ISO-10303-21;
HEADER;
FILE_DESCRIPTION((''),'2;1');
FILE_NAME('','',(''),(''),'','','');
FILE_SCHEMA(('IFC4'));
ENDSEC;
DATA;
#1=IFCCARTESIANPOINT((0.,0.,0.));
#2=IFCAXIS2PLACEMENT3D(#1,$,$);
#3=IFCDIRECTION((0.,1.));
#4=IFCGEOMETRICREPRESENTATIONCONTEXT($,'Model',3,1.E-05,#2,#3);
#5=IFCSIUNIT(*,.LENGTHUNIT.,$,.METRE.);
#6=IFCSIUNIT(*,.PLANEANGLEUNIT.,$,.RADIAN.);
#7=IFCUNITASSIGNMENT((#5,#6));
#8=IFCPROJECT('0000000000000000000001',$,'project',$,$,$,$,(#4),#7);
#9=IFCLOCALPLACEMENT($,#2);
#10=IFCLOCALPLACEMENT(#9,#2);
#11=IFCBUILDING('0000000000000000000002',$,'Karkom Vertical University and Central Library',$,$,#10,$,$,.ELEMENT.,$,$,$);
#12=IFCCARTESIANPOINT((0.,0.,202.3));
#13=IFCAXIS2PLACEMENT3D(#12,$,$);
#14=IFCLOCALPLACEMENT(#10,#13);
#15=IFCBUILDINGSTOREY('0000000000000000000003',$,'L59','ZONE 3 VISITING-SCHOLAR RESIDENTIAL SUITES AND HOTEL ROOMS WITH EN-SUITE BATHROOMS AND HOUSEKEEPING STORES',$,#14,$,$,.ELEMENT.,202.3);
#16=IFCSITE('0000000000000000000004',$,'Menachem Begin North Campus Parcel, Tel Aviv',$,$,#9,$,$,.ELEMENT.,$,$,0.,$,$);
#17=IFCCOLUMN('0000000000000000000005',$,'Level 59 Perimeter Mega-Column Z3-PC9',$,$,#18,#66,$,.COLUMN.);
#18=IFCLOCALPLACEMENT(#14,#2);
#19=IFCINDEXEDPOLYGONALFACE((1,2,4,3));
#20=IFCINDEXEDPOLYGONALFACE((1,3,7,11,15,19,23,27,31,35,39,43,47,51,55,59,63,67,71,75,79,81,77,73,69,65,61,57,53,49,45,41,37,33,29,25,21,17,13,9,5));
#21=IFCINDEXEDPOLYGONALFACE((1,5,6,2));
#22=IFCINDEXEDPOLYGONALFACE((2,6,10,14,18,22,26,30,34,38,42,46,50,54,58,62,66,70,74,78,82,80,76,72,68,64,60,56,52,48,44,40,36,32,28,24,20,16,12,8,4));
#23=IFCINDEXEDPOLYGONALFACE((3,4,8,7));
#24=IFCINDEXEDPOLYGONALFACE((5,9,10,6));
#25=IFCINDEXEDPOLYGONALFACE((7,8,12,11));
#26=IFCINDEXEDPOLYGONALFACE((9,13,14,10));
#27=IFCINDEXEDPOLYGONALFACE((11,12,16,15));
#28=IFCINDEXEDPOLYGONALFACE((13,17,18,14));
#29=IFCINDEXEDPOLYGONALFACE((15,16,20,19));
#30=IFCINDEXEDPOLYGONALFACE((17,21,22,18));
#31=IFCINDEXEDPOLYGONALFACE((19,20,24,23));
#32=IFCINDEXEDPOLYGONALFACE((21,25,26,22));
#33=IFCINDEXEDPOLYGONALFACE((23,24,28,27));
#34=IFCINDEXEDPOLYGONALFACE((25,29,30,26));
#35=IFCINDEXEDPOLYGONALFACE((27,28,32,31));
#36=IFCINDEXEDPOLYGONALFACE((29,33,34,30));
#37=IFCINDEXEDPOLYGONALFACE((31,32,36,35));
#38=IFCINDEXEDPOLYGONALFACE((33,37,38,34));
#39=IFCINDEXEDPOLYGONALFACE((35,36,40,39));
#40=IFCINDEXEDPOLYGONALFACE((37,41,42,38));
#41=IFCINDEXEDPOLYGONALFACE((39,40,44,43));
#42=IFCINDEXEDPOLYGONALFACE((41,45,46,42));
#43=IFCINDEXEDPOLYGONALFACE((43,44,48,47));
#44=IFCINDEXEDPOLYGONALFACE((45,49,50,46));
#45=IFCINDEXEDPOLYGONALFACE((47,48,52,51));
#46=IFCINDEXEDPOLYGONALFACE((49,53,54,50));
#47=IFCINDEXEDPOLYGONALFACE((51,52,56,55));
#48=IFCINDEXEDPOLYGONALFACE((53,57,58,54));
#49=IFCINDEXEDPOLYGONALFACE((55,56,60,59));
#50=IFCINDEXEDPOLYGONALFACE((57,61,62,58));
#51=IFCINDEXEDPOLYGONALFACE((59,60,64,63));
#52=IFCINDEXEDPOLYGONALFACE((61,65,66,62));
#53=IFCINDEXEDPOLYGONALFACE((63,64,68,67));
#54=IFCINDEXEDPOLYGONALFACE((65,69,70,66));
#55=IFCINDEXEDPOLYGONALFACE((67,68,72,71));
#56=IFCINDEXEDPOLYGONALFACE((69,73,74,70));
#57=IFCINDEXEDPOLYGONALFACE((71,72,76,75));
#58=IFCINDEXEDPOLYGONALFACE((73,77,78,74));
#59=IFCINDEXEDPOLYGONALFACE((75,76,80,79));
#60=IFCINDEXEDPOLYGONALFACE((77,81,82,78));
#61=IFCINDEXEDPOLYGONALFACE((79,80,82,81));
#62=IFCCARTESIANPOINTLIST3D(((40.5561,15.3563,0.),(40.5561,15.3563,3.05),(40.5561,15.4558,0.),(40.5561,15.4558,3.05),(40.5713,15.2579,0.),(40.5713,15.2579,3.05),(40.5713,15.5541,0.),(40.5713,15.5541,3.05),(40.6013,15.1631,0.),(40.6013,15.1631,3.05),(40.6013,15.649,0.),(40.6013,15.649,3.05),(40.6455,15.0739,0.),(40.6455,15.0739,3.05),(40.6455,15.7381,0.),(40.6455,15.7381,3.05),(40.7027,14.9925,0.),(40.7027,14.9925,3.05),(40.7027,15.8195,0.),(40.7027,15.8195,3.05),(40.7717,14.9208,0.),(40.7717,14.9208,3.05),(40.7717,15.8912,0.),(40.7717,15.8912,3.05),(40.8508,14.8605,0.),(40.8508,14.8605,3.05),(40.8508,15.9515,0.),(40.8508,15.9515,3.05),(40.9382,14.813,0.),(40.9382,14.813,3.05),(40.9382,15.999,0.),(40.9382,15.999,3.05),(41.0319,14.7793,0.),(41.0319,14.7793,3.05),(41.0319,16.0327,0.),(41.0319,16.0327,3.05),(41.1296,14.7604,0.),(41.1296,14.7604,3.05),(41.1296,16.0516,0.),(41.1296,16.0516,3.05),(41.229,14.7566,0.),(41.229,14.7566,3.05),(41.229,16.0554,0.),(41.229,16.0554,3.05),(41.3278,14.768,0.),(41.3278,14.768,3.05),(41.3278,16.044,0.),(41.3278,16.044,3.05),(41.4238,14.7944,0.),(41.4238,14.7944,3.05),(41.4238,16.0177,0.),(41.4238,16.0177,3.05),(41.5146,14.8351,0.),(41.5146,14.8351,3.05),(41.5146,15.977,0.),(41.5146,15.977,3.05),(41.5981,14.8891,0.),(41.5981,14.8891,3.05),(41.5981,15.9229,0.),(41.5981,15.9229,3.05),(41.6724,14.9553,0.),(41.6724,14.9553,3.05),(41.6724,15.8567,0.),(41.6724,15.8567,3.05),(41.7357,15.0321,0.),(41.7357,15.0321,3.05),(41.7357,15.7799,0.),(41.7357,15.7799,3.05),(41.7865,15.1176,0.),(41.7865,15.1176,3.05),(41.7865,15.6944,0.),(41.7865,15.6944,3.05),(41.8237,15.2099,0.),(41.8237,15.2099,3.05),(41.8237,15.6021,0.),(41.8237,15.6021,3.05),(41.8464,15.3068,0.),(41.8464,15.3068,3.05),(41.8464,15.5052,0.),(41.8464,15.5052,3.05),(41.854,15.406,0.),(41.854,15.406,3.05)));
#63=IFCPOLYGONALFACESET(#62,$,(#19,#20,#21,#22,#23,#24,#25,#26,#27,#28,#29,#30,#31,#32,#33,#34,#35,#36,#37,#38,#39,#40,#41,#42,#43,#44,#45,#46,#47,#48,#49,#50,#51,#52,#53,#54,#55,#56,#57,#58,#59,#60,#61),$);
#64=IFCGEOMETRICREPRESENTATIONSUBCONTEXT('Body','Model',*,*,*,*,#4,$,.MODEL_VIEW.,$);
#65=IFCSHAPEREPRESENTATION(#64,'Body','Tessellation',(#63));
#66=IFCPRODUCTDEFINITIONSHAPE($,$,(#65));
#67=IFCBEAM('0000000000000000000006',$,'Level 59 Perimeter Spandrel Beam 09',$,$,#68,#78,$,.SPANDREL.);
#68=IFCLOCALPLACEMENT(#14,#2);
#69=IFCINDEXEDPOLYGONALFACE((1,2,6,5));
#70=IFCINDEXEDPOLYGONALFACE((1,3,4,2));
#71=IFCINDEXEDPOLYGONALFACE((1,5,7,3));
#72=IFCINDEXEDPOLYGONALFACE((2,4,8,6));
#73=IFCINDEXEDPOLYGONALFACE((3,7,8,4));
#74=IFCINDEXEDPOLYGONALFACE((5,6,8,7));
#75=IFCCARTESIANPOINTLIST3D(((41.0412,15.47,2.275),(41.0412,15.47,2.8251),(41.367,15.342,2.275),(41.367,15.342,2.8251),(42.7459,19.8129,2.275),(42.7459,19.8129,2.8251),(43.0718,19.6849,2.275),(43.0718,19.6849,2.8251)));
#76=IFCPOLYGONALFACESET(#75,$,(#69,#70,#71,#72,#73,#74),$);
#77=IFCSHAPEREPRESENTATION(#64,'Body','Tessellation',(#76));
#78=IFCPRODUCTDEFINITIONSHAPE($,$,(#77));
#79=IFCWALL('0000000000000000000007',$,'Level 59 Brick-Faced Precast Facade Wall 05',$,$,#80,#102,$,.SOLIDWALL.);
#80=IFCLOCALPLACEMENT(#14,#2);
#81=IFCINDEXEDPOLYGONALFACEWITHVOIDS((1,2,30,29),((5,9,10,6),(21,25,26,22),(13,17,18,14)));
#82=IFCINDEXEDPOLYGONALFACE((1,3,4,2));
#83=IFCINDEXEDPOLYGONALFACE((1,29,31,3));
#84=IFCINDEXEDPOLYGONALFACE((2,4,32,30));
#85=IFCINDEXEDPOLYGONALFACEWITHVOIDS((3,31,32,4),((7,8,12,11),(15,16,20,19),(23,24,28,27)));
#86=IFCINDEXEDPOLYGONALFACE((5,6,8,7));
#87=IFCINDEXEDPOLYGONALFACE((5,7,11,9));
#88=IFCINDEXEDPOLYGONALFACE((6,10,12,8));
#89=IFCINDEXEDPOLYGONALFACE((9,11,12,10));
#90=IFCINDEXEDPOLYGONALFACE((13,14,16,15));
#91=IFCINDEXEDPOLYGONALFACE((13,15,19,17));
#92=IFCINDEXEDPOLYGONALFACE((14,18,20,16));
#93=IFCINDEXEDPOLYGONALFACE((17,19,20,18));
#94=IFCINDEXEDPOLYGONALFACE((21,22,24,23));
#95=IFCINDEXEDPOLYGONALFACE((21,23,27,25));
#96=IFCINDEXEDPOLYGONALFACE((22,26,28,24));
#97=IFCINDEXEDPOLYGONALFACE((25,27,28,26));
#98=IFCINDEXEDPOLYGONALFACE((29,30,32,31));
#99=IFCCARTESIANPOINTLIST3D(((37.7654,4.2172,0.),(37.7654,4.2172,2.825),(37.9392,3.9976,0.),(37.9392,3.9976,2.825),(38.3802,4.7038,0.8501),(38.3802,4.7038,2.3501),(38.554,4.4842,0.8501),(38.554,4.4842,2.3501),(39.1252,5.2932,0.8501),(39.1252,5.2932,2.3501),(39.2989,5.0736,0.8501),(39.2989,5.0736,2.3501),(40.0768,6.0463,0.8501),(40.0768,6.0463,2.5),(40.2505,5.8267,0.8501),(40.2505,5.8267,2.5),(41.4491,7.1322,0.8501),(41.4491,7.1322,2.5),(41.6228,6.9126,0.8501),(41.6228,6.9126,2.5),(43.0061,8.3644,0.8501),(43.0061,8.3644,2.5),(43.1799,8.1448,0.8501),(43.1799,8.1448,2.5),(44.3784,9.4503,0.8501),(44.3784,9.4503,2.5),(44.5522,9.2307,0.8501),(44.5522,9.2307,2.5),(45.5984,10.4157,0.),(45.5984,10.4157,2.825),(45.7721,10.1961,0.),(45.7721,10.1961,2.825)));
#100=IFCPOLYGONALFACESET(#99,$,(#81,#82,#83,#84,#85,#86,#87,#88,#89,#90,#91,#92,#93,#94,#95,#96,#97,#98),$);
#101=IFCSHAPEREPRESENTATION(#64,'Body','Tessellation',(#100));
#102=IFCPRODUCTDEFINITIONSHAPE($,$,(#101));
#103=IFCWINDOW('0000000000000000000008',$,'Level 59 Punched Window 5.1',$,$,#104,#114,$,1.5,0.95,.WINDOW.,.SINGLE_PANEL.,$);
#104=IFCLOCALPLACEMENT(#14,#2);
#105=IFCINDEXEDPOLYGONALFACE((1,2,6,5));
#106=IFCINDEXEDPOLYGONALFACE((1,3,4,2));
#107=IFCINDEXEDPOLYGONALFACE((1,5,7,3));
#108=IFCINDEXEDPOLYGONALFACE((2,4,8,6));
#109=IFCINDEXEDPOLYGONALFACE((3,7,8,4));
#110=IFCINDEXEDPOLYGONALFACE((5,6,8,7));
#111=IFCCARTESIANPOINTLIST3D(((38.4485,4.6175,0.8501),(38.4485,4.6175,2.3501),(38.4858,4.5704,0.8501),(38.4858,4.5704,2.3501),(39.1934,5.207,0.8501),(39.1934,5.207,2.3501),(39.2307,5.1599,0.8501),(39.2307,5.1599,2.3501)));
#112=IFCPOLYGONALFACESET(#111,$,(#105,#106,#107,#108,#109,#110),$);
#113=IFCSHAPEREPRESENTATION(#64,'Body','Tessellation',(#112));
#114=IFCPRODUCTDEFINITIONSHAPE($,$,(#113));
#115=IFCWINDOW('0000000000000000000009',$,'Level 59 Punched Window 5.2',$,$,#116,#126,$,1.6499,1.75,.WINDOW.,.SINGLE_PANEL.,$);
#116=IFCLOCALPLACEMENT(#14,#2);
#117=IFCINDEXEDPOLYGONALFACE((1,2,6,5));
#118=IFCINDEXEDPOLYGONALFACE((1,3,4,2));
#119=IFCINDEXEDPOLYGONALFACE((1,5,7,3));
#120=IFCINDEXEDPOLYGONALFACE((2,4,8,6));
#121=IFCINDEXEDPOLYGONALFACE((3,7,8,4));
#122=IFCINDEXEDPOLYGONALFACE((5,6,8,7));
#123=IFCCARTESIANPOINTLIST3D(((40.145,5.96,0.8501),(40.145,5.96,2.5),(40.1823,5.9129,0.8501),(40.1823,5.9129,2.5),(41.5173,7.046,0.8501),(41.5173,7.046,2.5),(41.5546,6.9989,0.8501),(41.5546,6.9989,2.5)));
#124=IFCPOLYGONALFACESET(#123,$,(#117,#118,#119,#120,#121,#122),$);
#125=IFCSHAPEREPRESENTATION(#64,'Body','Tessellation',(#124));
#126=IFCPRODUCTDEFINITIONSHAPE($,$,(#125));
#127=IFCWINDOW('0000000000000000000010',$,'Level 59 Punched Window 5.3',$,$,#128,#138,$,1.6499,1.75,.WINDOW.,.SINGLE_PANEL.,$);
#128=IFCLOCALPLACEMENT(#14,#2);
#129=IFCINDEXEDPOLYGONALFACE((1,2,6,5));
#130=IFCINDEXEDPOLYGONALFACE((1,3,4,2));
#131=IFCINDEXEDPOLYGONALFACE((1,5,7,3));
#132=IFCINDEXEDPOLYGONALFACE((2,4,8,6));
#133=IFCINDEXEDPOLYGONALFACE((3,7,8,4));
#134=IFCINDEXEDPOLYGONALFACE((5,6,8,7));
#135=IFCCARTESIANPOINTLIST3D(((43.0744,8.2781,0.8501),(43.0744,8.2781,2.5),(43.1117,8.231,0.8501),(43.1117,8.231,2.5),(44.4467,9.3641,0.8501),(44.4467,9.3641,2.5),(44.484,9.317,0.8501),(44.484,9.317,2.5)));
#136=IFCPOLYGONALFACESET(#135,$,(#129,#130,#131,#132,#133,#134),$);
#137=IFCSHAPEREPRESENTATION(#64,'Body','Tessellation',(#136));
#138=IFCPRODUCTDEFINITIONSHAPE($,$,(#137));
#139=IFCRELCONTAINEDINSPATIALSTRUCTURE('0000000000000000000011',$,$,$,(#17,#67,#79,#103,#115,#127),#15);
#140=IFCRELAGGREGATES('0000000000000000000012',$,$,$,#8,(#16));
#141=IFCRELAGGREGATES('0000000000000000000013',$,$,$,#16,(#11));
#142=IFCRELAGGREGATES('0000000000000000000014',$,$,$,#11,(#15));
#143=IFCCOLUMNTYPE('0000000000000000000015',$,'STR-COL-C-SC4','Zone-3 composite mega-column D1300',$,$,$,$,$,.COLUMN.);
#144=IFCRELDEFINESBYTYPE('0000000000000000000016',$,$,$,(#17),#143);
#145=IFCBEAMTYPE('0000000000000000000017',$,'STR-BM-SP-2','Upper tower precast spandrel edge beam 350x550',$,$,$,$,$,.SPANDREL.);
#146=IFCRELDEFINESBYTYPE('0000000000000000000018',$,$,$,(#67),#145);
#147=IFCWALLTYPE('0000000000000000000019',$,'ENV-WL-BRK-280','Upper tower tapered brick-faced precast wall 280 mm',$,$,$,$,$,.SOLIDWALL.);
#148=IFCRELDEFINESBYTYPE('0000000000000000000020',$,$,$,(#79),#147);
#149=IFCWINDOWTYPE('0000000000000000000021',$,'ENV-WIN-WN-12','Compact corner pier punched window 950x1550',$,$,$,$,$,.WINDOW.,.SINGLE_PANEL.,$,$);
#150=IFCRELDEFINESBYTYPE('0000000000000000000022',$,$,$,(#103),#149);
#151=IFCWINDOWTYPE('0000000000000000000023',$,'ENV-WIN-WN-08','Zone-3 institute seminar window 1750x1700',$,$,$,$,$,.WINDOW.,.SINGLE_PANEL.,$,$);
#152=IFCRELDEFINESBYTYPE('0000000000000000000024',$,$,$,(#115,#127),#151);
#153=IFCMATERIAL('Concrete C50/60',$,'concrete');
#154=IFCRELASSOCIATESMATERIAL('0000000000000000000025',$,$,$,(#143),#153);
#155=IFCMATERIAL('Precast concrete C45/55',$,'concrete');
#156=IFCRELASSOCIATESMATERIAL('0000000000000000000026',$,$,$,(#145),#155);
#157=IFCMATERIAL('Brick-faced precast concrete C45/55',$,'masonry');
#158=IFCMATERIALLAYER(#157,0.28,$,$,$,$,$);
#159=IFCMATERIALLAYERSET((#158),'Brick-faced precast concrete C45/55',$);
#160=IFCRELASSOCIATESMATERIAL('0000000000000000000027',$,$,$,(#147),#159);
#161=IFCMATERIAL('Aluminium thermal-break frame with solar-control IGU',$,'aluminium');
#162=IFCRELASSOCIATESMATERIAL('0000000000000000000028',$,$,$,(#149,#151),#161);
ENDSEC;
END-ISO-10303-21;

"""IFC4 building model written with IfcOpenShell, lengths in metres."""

from ifc_helpers import new_model, si_unit, direction, frame, frame_2d, origin, origin_with_axes, origin_2d, place, context, subcontext, project, spatial, rectangle, circle, extrude, source, transform, mapped, material, layer, layer_set, material_profile, profile_set, type_object, element, fill, save


model = new_model("IFC4")

# Units and contexts
model_context = context("Model", 3, precision=1e-05, world=origin(), true_north=direction((0.0, 1.0)))
body_context = subcontext(model_context, "Body", "Model", "MODEL_VIEW")
ifc_project = project(units=[si_unit("LENGTHUNIT", "METRE"), si_unit("PLANEANGLEUNIT", "RADIAN")], contexts=[model_context])

# Site, building, storey
site_placement = place(None, origin())
site = spatial("IfcSite", under=ifc_project, at=site_placement, Name="Menachem Begin North Campus Parcel, Tel Aviv", CompositionType="ELEMENT", RefElevation=0.0)
building_placement = place(site_placement, origin())
building = spatial("IfcBuilding", under=site, at=building_placement, Name="Karkom Vertical University and Central Library", CompositionType="ELEMENT")
storey_placement = place(building_placement, frame((0.0, 0.0, 202.3)))
storey = spatial("IfcBuildingStorey", under=building, at=storey_placement, Name="L59", Description="ZONE 3 VISITING-SCHOLAR RESIDENTIAL SUITES AND HOTEL ROOMS WITH EN-SUITE BATHROOMS AND HOUSEKEEPING STORES", CompositionType="ELEMENT", Elevation=202.3)

# Column
ifc_material_1 = material(Name="Concrete C50/60", Category="concrete")
ifc_material_profile_1 = material_profile(ifc_material_1, circle(Radius=0.6499, at=origin_2d()), Name="CFT-D1300")
ifc_profile_set_1 = profile_set([ifc_material_profile_1], Name="Concrete C50/60")
column_type = type_object("IfcColumnType", Name="STR-COL-C-SC4", Description="Zone-3 composite mega-column D1300", PredefinedType="COLUMN", material=ifc_profile_set_1)
shared_shape_1 = source(origin_with_axes(), body_context, "Body", "SweptSolid", [
    extrude(circle(Radius=0.6499, at=origin_2d()), origin(), (0.0, 0.0, 1.0), 3.05),
])
column_placement = place(storey_placement, frame((41.2041, 15.406, 0.0), z_axis=(0.0, 0.0, 1.0), x_axis=(1.0, 0.0, 0.0)))
element("IfcColumn", 1, at=column_placement, inside=storey, type_object=column_type, Name="Level 59 Perimeter Mega-Column Z3-PC9", PredefinedType="COLUMN", context=body_context, shape_type="MappedRepresentation", body=[
    mapped(shared_shape_1, transform((0.0, 0.0, 0.0), scale=1.0)),
])

# Beam
ifc_material_2 = material(Name="Precast concrete C45/55", Category="concrete")
ifc_material_profile_2 = material_profile(ifc_material_2, rectangle(XDim=0.3501, YDim=0.55, at=origin_2d()), Name="SPB-350x550")
ifc_profile_set_2 = profile_set([ifc_material_profile_2], Name="Precast concrete C45/55")
beam_type = type_object("IfcBeamType", Name="STR-BM-SP-2", Description="Upper tower precast spandrel edge beam 350x550", PredefinedType="SPANDREL", material=ifc_profile_set_2)
shared_shape_2 = source(origin_with_axes(), body_context, "Body", "SweptSolid", [
    extrude(rectangle(XDim=0.3501, YDim=0.55, at=origin_2d()), origin(), (0.0, 0.0, 1.0), 4.6655),
])
beam_placement = place(storey_placement, frame((41.2041, 15.406, 2.55), z_axis=(0.365401, 0.93085, 0.0), x_axis=(-0.93085, 0.365401, 0.0)))
element("IfcBeam", 2, at=beam_placement, inside=storey, type_object=beam_type, Name="Level 59 Perimeter Spandrel Beam 09", PredefinedType="SPANDREL", context=body_context, shape_type="MappedRepresentation", body=[
    mapped(shared_shape_2, transform((0.0, 0.0, 0.0), scale=1.0)),
])

# Wall, openings, windows
ifc_material_3 = material(Name="Brick-faced precast concrete C45/55", Category="masonry")
ifc_layer_1 = layer(ifc_material_3, 0.28)
ifc_layer_set_1 = layer_set([ifc_layer_1], Name="Brick-faced precast concrete C45/55")
wall_type_1 = type_object("IfcWallType", Name="ENV-WL-BRK-280", Description="Upper tower tapered brick-faced precast wall 280 mm", PredefinedType="SOLIDWALL", material=ifc_layer_set_1)
wall_1_placement = place(storey_placement, frame((37.8523, 4.1074, 0.0), z_axis=(0.0, 0.0, 1.0), x_axis=(0.784175, 0.62054, 0.0)))
wall_1 = element("IfcWall", 3, at=wall_1_placement, inside=storey, type_object=wall_type_1, Name="Level 59 Brick-Faced Precast Facade Wall 05", PredefinedType="SOLIDWALL", context=body_context, shape_type="SweptSolid", body=[
    extrude(rectangle(XDim=9.9888, YDim=0.28, at=frame_2d((4.9944, 0.0))), origin(), (0.0, 0.0, 1.0), 2.825),
])
opening_1_placement = place(wall_1_placement, frame((0.7839, 0.0, 0.8501)))
opening_1 = element("IfcOpeningElement", 4, at=opening_1_placement, cuts=wall_1, PredefinedType="OPENING", context=body_context, shape_type="SweptSolid", body=[
    extrude(rectangle(XDim=0.95, YDim=1.5, at=frame_2d((0.4751, 0.75))), frame((0.0, 0.1499, 0.0), z_axis=(0.0, -1.0, 0.0), x_axis=(1.0, 0.0, 0.0)), (0.0, 0.0, 1.0), 0.3),
])
opening_2_placement = place(wall_1_placement, frame((2.9475, 0.0, 0.8501)))
opening_2 = element("IfcOpeningElement", 5, at=opening_2_placement, cuts=wall_1, PredefinedType="OPENING", context=body_context, shape_type="SweptSolid", body=[
    extrude(rectangle(XDim=1.75, YDim=1.6499, at=frame_2d((0.875, 0.825))), frame((0.0, 0.1499, 0.0), z_axis=(0.0, -1.0, 0.0), x_axis=(1.0, 0.0, 0.0)), (0.0, 0.0, 1.0), 0.3),
])
opening_3_placement = place(wall_1_placement, frame((6.6831, 0.0, 0.8501)))
opening_3 = element("IfcOpeningElement", 6, at=opening_3_placement, cuts=wall_1, PredefinedType="OPENING", context=body_context, shape_type="SweptSolid", body=[
    extrude(rectangle(XDim=1.75, YDim=1.6499, at=frame_2d((0.875, 0.825))), frame((0.0, 0.1499, 0.0), z_axis=(0.0, -1.0, 0.0), x_axis=(1.0, 0.0, 0.0)), (0.0, 0.0, 1.0), 0.3),
])
ifc_material_4 = material(Name="Aluminium thermal-break frame with solar-control IGU", Category="aluminium")
window_type_1 = type_object("IfcWindowType", Name="ENV-WIN-WN-12", Description="Compact corner pier punched window 950x1550", PartitioningType="SINGLE_PANEL", PredefinedType="WINDOW", material=ifc_material_4)
shared_shape_3 = source(origin_with_axes(), body_context, "Body", "SweptSolid", [
    extrude(rectangle(XDim=0.95, YDim=1.5, at=frame_2d((0.4751, 0.75))), frame((0.0, 0.03, 0.0), z_axis=(0.0, -1.0, 0.0), x_axis=(1.0, 0.0, 0.0)), (0.0, 0.0, 1.0), 0.0601),
])
window_1_placement = place(opening_1_placement, origin())
window_1 = element("IfcWindow", 7, at=window_1_placement, inside=storey, type_object=window_type_1, Name="Level 59 Punched Window 5.1", OverallHeight=1.5, OverallWidth=0.95, PartitioningType="SINGLE_PANEL", PredefinedType="WINDOW", context=body_context, shape_type="MappedRepresentation", body=[
    mapped(shared_shape_3, transform((0.0, 0.0, 0.0), scale=1.0)),
])
fill(opening_1, window_1)
window_type_2 = type_object("IfcWindowType", Name="ENV-WIN-WN-08", Description="Zone-3 institute seminar window 1750x1700", PartitioningType="SINGLE_PANEL", PredefinedType="WINDOW", material=ifc_material_4)
shared_shape_4 = source(origin_with_axes(), body_context, "Body", "SweptSolid", [
    extrude(rectangle(XDim=1.75, YDim=1.6499, at=frame_2d((0.875, 0.825))), frame((0.0, 0.03, 0.0), z_axis=(0.0, -1.0, 0.0), x_axis=(1.0, 0.0, 0.0)), (0.0, 0.0, 1.0), 0.0601),
])
window_2_placement = place(opening_2_placement, origin())
window_2 = element("IfcWindow", 8, at=window_2_placement, inside=storey, type_object=window_type_2, Name="Level 59 Punched Window 5.2", OverallHeight=1.6499, OverallWidth=1.75, PartitioningType="SINGLE_PANEL", PredefinedType="WINDOW", context=body_context, shape_type="MappedRepresentation", body=[
    mapped(shared_shape_4, transform((0.0, 0.0, 0.0), scale=1.0)),
])
fill(opening_2, window_2)
window_3_placement = place(opening_3_placement, origin())
window_3 = element("IfcWindow", 9, at=window_3_placement, inside=storey, type_object=window_type_2, Name="Level 59 Punched Window 5.3", OverallHeight=1.6499, OverallWidth=1.75, PartitioningType="SINGLE_PANEL", PredefinedType="WINDOW", context=body_context, shape_type="MappedRepresentation", body=[
    mapped(shared_shape_4, transform((0.0, 0.0, 0.0), scale=1.0)),
])
fill(opening_3, window_3)

save(model, "model.ifc")
